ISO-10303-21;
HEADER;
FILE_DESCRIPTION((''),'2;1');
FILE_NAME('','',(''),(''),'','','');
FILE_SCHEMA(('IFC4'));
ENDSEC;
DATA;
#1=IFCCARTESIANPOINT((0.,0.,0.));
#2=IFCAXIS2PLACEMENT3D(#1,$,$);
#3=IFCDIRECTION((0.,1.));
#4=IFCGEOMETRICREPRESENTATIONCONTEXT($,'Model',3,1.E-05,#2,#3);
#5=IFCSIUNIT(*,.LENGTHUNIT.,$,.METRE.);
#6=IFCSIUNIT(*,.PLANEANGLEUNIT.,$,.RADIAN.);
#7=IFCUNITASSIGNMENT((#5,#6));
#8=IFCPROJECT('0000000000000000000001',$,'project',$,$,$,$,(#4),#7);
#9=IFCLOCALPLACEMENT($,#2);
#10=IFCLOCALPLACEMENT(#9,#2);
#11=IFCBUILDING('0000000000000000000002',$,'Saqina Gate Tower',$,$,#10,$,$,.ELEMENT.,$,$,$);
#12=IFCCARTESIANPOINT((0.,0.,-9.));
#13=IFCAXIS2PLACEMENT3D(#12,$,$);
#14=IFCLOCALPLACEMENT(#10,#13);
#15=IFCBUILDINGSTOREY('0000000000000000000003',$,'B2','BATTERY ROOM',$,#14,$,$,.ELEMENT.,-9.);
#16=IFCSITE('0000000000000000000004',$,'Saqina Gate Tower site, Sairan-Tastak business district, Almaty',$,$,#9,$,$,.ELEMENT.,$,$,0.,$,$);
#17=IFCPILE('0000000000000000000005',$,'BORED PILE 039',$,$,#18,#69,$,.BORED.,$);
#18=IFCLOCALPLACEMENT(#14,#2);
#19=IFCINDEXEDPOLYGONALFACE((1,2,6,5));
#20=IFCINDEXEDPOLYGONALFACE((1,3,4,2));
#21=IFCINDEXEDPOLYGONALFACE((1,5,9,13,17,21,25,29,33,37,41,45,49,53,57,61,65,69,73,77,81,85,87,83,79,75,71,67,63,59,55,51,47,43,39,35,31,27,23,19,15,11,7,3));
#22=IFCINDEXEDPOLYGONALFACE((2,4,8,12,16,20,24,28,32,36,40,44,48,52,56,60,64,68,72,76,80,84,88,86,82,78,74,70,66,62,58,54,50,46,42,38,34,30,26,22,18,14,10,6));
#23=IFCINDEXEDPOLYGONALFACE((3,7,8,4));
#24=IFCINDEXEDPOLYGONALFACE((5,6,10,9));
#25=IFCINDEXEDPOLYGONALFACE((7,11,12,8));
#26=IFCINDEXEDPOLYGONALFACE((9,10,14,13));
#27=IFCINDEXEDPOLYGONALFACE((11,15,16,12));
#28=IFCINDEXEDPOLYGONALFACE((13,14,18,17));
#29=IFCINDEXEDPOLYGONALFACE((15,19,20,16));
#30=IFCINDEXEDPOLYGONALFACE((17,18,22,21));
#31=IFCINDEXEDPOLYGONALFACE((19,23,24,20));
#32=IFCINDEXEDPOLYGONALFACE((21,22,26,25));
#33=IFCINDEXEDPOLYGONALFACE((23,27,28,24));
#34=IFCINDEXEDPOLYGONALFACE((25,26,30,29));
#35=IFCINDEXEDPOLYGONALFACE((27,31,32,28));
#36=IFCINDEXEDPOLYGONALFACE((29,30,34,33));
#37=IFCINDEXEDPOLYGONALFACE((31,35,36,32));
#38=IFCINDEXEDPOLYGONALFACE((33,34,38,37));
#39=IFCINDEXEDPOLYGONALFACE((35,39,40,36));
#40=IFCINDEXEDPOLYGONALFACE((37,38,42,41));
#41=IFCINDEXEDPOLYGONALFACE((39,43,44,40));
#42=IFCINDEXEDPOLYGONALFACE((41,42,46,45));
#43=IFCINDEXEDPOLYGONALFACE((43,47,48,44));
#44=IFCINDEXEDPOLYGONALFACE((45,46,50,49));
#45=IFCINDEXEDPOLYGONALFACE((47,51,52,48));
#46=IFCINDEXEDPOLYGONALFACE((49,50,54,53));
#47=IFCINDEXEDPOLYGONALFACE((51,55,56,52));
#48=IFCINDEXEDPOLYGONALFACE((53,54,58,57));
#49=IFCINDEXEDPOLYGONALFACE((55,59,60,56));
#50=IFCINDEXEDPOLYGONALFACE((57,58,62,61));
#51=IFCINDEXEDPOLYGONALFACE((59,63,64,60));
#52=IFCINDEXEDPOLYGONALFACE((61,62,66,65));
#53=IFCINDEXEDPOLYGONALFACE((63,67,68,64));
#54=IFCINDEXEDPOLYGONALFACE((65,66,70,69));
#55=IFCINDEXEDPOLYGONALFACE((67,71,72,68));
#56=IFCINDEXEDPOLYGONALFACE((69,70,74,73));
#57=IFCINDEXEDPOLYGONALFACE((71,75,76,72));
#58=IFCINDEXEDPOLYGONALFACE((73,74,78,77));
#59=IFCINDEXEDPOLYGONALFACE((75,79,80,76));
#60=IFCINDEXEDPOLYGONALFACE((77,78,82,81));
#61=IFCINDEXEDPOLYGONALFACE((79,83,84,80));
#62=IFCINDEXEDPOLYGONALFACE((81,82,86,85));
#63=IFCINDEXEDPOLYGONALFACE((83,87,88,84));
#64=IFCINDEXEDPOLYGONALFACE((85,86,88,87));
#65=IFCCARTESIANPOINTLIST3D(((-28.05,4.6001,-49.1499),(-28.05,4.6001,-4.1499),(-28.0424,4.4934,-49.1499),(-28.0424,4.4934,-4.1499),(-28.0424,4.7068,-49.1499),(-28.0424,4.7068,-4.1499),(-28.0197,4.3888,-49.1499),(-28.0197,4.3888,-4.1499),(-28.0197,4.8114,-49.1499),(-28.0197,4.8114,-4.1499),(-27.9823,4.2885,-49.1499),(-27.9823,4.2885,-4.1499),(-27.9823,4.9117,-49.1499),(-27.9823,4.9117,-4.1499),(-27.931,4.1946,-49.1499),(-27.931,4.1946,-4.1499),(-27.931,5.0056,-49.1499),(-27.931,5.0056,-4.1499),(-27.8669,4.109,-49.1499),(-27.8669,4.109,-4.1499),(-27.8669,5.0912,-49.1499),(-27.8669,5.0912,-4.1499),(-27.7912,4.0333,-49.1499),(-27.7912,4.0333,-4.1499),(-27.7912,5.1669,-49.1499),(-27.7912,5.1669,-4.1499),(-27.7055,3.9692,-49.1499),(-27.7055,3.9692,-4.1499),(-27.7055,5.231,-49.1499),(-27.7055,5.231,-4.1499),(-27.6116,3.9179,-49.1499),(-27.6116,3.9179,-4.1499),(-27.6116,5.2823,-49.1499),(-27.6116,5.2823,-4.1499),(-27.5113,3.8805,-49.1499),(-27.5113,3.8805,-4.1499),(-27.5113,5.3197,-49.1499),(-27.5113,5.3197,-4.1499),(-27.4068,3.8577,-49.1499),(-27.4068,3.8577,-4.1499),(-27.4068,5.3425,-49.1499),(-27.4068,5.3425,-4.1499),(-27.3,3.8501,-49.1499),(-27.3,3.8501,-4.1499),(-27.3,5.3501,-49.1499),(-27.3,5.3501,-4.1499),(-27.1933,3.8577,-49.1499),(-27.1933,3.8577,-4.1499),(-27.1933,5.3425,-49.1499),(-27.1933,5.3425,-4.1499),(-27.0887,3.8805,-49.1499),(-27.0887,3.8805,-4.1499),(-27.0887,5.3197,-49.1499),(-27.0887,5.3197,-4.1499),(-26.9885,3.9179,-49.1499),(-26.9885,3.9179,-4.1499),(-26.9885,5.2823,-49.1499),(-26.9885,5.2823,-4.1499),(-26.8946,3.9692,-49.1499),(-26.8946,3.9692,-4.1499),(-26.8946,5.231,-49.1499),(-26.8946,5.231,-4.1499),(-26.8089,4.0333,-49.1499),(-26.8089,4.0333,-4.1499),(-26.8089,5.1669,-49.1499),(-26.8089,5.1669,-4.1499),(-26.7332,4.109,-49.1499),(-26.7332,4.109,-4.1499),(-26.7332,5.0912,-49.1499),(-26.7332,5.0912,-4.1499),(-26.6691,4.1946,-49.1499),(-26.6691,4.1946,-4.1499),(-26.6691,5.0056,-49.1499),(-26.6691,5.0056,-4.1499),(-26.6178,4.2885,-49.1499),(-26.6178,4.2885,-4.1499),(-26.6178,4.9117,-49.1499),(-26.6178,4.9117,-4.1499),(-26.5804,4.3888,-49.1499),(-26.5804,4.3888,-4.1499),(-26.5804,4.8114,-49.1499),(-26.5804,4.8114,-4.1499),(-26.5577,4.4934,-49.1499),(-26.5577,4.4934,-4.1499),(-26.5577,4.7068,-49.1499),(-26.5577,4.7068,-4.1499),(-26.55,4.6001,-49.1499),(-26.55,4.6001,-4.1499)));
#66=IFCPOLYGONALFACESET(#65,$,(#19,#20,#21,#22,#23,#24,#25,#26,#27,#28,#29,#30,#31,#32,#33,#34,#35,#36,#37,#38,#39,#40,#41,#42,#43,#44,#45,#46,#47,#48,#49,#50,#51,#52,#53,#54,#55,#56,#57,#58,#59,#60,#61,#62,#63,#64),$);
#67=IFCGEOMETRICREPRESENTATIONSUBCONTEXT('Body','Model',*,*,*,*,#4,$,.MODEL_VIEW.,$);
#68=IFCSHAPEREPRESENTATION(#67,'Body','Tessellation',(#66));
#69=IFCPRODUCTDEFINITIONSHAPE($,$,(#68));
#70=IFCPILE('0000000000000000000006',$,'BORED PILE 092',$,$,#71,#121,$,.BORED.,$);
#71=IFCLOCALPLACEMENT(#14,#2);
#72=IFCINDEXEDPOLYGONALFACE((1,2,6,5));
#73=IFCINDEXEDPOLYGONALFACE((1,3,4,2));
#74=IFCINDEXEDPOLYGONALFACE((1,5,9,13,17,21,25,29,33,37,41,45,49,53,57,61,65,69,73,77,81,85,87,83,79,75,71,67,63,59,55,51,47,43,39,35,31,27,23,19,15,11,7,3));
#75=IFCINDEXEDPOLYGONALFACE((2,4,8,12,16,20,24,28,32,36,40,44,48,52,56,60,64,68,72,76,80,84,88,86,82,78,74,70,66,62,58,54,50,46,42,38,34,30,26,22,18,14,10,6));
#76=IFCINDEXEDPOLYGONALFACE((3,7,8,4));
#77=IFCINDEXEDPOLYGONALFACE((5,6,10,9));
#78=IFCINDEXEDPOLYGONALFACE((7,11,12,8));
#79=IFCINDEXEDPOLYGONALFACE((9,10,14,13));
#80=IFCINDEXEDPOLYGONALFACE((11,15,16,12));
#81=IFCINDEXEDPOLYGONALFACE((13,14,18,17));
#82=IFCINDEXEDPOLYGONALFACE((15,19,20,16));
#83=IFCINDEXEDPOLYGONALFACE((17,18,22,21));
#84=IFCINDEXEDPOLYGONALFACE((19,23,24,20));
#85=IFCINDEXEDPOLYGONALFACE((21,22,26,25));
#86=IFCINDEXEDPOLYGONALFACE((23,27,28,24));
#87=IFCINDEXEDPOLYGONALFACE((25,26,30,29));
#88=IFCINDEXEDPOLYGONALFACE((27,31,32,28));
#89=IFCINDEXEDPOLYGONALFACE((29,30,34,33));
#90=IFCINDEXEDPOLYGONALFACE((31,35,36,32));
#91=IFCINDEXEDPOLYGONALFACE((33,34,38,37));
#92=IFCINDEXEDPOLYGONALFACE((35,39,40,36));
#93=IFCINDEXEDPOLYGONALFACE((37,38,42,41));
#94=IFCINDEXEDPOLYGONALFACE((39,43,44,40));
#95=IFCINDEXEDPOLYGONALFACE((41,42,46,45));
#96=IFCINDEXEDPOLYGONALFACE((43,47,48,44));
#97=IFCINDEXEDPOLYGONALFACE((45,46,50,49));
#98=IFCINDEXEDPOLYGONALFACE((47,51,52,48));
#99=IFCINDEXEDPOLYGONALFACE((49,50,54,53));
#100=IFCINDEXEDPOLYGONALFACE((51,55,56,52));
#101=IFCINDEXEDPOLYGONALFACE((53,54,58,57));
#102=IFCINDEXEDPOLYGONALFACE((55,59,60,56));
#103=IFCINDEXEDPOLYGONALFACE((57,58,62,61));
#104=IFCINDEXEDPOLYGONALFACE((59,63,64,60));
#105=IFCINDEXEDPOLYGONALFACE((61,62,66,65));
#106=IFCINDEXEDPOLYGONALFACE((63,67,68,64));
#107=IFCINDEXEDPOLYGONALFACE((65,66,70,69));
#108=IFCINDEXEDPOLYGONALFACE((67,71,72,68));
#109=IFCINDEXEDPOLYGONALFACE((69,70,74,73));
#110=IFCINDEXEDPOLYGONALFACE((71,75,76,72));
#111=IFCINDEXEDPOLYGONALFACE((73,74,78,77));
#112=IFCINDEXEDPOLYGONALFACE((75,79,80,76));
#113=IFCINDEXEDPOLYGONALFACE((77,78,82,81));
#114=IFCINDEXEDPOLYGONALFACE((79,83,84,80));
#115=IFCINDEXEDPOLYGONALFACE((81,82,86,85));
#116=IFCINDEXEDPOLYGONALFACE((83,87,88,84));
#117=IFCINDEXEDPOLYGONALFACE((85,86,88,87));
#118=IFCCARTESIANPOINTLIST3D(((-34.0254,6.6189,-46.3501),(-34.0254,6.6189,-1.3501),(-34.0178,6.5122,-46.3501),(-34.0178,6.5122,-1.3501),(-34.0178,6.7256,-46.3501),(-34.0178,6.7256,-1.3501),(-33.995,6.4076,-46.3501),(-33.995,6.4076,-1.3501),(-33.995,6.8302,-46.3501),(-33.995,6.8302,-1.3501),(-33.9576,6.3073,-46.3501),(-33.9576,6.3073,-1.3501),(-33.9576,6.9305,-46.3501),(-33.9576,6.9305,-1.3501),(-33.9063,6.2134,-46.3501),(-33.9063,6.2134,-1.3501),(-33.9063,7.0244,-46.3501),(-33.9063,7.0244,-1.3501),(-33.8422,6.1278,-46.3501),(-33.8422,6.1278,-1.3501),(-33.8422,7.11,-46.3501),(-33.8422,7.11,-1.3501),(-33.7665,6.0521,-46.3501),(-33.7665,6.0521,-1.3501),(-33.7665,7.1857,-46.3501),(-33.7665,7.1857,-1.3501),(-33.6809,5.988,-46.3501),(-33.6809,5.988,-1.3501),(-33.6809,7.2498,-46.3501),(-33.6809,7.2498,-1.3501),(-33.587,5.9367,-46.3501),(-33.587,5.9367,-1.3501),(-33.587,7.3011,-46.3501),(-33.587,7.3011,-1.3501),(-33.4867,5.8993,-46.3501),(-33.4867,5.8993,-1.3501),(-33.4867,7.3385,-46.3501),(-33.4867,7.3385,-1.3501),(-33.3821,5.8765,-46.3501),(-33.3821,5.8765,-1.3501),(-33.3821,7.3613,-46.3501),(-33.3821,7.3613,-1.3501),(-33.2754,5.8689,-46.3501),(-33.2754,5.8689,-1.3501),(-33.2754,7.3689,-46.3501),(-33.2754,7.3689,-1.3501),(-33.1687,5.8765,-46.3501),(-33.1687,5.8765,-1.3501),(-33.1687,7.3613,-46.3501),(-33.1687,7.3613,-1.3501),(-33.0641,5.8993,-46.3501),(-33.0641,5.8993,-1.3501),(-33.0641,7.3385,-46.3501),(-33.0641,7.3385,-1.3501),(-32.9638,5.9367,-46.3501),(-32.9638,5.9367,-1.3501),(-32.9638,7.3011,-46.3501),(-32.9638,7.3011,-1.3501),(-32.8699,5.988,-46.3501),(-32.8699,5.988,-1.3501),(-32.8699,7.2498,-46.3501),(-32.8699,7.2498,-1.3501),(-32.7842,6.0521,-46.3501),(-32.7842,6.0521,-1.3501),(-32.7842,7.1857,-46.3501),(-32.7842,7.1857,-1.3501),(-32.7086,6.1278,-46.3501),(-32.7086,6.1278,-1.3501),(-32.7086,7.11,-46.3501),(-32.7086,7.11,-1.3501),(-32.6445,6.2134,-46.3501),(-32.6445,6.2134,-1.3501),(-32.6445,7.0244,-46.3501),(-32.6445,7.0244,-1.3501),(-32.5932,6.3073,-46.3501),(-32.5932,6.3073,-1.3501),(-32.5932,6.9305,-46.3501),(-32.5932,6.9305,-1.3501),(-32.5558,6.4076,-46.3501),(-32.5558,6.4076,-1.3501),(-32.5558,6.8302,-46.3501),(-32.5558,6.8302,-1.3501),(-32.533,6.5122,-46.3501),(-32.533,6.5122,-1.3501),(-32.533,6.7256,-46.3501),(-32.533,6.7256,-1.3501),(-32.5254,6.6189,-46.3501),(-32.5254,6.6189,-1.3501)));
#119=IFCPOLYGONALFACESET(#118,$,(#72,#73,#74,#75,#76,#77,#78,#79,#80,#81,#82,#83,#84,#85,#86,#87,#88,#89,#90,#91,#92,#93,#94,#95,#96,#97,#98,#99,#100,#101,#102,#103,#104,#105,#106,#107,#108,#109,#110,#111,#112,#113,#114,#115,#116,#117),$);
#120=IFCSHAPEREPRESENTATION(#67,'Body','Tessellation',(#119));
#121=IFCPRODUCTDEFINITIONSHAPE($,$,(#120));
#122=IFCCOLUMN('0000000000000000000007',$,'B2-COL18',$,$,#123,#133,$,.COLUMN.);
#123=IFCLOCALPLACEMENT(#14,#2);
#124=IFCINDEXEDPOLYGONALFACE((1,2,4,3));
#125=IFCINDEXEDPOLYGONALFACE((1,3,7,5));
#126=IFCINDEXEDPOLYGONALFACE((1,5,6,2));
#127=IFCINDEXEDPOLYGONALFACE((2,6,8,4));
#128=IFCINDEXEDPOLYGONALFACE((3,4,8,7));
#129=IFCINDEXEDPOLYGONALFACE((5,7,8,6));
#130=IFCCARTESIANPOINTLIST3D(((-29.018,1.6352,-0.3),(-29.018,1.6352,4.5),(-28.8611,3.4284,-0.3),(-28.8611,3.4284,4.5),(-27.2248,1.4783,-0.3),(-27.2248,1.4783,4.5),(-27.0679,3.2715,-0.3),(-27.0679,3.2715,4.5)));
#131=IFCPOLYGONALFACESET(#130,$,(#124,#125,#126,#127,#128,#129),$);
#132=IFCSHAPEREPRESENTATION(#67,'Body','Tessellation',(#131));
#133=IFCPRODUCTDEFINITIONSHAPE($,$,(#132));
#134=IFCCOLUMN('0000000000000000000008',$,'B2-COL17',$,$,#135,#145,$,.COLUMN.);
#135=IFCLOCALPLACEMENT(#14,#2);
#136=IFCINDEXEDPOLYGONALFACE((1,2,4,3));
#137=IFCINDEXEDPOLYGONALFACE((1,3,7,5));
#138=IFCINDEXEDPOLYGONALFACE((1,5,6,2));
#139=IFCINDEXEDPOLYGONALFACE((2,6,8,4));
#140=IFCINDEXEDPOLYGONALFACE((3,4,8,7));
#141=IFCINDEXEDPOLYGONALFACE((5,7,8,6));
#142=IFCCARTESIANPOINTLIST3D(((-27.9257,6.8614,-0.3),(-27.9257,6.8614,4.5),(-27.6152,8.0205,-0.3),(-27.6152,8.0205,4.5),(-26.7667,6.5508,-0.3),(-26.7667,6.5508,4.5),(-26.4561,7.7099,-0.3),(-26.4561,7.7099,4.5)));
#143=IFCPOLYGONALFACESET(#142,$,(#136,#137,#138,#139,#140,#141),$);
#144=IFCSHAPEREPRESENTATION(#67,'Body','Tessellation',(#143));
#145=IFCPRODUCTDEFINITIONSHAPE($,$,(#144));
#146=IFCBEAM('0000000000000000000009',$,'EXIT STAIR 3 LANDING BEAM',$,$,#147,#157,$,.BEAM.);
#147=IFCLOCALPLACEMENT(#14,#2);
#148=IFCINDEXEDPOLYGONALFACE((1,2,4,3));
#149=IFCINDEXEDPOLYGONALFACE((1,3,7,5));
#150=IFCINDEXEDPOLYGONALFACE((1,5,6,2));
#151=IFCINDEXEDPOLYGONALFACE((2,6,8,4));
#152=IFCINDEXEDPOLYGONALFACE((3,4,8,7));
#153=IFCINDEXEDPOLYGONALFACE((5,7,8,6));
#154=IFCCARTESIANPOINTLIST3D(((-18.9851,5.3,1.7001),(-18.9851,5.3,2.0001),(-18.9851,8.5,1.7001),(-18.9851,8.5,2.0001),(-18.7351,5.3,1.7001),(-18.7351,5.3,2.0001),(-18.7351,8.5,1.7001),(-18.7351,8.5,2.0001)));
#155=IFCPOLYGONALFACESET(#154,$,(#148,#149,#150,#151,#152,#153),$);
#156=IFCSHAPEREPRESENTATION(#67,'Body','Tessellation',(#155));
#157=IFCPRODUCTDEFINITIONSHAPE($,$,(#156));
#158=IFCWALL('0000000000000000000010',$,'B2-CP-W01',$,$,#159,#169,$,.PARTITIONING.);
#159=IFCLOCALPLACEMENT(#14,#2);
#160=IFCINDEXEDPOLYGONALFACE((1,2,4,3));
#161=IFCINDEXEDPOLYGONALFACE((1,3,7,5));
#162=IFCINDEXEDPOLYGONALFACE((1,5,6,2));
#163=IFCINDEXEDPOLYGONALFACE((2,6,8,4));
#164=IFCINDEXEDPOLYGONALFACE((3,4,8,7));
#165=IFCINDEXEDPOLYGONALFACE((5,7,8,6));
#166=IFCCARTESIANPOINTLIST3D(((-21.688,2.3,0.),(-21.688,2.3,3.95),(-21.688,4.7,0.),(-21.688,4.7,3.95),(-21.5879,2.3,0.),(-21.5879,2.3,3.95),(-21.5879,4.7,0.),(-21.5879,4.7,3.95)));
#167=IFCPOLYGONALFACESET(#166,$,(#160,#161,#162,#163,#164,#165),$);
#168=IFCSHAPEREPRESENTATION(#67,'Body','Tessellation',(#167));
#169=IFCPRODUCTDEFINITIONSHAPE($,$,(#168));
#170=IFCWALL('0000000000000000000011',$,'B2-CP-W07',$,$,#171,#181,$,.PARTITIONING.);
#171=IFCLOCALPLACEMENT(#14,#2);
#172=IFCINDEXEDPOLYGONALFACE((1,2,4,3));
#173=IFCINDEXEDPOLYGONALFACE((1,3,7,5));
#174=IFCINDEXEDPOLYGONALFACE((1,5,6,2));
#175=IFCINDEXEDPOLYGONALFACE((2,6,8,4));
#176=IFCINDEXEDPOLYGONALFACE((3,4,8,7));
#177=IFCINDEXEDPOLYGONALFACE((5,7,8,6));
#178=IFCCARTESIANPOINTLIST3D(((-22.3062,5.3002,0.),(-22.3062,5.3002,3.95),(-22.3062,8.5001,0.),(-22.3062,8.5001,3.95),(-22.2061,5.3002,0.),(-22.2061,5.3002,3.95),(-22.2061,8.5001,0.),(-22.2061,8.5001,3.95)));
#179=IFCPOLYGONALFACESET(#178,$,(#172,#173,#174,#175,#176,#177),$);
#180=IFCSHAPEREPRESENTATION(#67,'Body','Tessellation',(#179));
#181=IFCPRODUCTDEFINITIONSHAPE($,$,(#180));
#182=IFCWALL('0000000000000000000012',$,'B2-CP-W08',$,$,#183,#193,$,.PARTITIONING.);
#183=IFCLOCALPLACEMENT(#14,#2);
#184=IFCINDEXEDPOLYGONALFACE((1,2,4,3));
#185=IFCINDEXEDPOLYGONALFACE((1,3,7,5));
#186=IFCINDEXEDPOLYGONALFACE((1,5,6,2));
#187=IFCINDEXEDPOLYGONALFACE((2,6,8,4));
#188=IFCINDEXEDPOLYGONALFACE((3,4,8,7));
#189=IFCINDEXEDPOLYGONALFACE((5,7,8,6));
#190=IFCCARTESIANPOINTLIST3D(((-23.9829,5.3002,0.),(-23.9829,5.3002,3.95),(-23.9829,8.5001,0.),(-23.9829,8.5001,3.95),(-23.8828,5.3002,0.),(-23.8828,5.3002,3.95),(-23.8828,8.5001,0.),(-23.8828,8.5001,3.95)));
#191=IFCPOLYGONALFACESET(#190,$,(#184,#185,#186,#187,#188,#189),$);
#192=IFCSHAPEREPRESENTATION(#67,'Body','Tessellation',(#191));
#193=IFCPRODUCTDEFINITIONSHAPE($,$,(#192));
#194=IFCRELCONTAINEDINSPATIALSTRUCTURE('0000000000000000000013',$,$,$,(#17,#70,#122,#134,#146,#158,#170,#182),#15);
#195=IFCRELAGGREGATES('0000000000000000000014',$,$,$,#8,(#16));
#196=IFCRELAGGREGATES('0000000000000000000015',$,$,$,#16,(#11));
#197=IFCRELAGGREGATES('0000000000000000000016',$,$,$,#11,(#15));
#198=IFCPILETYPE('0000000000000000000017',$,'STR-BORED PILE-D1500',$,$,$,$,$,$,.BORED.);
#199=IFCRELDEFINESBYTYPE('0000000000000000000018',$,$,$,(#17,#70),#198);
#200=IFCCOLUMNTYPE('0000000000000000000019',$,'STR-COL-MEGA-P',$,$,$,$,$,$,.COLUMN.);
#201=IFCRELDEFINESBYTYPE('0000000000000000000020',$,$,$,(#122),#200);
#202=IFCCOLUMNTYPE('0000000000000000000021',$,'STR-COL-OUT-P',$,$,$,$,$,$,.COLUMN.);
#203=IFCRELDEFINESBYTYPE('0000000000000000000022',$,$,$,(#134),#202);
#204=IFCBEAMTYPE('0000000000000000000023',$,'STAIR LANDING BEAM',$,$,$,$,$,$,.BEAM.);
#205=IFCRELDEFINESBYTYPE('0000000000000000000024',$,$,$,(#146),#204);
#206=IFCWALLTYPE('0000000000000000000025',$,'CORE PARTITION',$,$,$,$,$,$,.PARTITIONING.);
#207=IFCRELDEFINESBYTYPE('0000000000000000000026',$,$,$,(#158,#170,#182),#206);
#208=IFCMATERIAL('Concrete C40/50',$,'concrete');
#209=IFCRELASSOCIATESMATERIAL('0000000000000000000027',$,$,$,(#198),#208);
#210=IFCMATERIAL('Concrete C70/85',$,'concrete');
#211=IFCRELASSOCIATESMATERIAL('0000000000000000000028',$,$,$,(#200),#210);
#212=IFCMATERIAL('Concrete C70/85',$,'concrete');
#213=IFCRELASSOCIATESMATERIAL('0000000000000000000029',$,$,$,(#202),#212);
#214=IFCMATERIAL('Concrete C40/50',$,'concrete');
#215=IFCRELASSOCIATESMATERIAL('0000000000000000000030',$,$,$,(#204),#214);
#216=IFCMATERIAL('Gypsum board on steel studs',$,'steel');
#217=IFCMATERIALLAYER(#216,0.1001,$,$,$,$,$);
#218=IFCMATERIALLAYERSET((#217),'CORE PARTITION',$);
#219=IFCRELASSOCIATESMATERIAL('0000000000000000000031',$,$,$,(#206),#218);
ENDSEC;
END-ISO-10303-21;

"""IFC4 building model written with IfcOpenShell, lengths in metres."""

from ifc_helpers import new_model, si_unit, direction, frame, frame_2d, origin, origin_2d, place, context, subcontext, project, spatial, rectangle, circle, extrude, material, layer, layer_set, material_profile, profile_set, type_object, element, save


model = new_model("IFC4")

# Units and contexts
model_context = context("Model", 3, precision=1e-05, world=origin(), true_north=direction((0.0, 1.0)))
body_context = subcontext(model_context, "Body", "Model", "MODEL_VIEW")
ifc_project = project(units=[si_unit("LENGTHUNIT", "METRE"), si_unit("PLANEANGLEUNIT", "RADIAN")], contexts=[model_context])

# Site, building, storey
site_placement = place(None, origin())
site = spatial("IfcSite", under=ifc_project, at=site_placement, Name="Saqina Gate Tower site, Sairan-Tastak business district, Almaty", CompositionType="ELEMENT", RefElevation=0.0)
building_placement = place(site_placement, origin())
building = spatial("IfcBuilding", under=site, at=building_placement, Name="Saqina Gate Tower", CompositionType="ELEMENT")
storey_placement = place(building_placement, frame((0.0, 0.0, -9.0)))
storey = spatial("IfcBuildingStorey", under=building, at=storey_placement, Name="B2", Description="BATTERY ROOM", CompositionType="ELEMENT", Elevation=-9.0)

# Piles
ifc_material_1 = material(Name="Concrete C40/50", Category="concrete")
ifc_material_profile_1 = material_profile(ifc_material_1, circle(Radius=0.75, at=origin_2d()), Name="RC D1500")
ifc_profile_set_1 = profile_set([ifc_material_profile_1], Name="Concrete C40/50")
pile_type = type_object("IfcPileType", Name="STR-BORED PILE-D1500", PredefinedType="BORED", material=ifc_profile_set_1)
for number, where, z_axis, x_axis, name in (
    (1, (-27.3, 4.6001, -4.1499), (0.0, 0.0, -1.0), (1.0, 0.0, 0.0), "BORED PILE 039"),
    (2, (-33.2754, 6.6189, -1.3501), (0.0, 0.0, -1.0), (1.0, 0.0, 0.0), "BORED PILE 092"),
):
    element("IfcPile", number, at=place(storey_placement, frame(where, z_axis=z_axis, x_axis=x_axis)), inside=storey, type_object=pile_type, Name=name, PredefinedType="BORED", context=body_context, shape_type="SweptSolid", body=[
        extrude(circle(Radius=0.75, at=origin_2d()), origin(), (0.0, 0.0, 1.0), 45.0),
    ])

# Columns
ifc_material_2 = material(Name="Concrete C70/85", Category="concrete")
ifc_material_profile_2 = material_profile(ifc_material_2, rectangle(XDim=1.8, YDim=1.8, at=origin_2d()), Name="RC 1800x1800")
ifc_profile_set_2 = profile_set([ifc_material_profile_2], Name="Concrete C70/85")
column_type_1 = type_object("IfcColumnType", Name="STR-COL-MEGA-P", PredefinedType="COLUMN", material=ifc_profile_set_2)
column_1_placement = place(storey_placement, frame((-28.043, 2.4534, -0.3), z_axis=(0.0, 0.0, 1.0), x_axis=(-0.996195, 0.087156, 0.0)))
element("IfcColumn", 3, at=column_1_placement, inside=storey, type_object=column_type_1, Name="B2-COL18", PredefinedType="COLUMN", context=body_context, shape_type="SweptSolid", body=[
    extrude(rectangle(XDim=1.8, YDim=1.8, at=origin_2d()), origin(), (0.0, 0.0, 1.0), 4.8),
])
ifc_material_3 = material(Name="Concrete C70/85", Category="concrete")
ifc_material_profile_3 = material_profile(ifc_material_3, rectangle(XDim=1.2, YDim=1.2, at=origin_2d()), Name="RC 1200x1200")
ifc_profile_set_3 = profile_set([ifc_material_profile_3], Name="Concrete C70/85")
column_type_2 = type_object("IfcColumnType", Name="STR-COL-OUT-P", PredefinedType="COLUMN", material=ifc_profile_set_3)
column_2_placement = place(storey_placement, frame((-27.1909, 7.2856, -0.3), z_axis=(0.0, 0.0, 1.0), x_axis=(-0.965926, 0.258819, 0.0)))
element("IfcColumn", 4, at=column_2_placement, inside=storey, type_object=column_type_2, Name="B2-COL17", PredefinedType="COLUMN", context=body_context, shape_type="SweptSolid", body=[
    extrude(rectangle(XDim=1.2, YDim=1.2, at=origin_2d()), origin(), (0.0, 0.0, 1.0), 4.8),
])

# Beam
ifc_material_4 = material(Name="Concrete C40/50", Category="concrete")
ifc_material_profile_4 = material_profile(ifc_material_4, rectangle(XDim=0.25, YDim=0.3, at=origin_2d()), Name="STAIR LANDING BEAM")
ifc_profile_set_4 = profile_set([ifc_material_profile_4], Name="Concrete C40/50")
beam_type = type_object("IfcBeamType", Name="STAIR LANDING BEAM", PredefinedType="BEAM", material=ifc_profile_set_4)
beam_placement = place(storey_placement, frame((-18.8601, 5.3, 1.8501), z_axis=(0.0, 1.0, 0.0), x_axis=(-1.0, 0.0, 0.0)))
element("IfcBeam", 5, at=beam_placement, inside=storey, type_object=beam_type, Name="EXIT STAIR 3 LANDING BEAM", PredefinedType="BEAM", context=body_context, shape_type="SweptSolid", body=[
    extrude(rectangle(XDim=0.25, YDim=0.3, at=origin_2d()), origin(), (0.0, 0.0, 1.0), 3.2),
])

# Walls
ifc_material_5 = material(Name="Gypsum board on steel studs", Category="steel")
ifc_layer_1 = layer(ifc_material_5, 0.1001)
ifc_layer_set_1 = layer_set([ifc_layer_1], Name="CORE PARTITION")
wall_type_1 = type_object("IfcWallType", Name="CORE PARTITION", PredefinedType="PARTITIONING", material=ifc_layer_set_1)
wall_1_placement = place(storey_placement, frame((-21.6379, 2.3, 0.0), z_axis=(0.0, 0.0, 1.0), x_axis=(0.0, 1.0, 0.0)))
element("IfcWall", 6, at=wall_1_placement, inside=storey, type_object=wall_type_1, Name="B2-CP-W01", PredefinedType="PARTITIONING", context=body_context, shape_type="SweptSolid", body=[
    extrude(rectangle(XDim=2.3999, YDim=0.1001, at=frame_2d((1.2, 0.0))), origin(), (0.0, 0.0, 1.0), 3.95),
])
for number, where, z_axis, x_axis, name in (
    (7, (-22.2561, 5.3, 0.0), (0.0, 0.0, 1.0), (0.0, 1.0, 0.0), "B2-CP-W07"),
    (8, (-23.9329, 5.3, 0.0), (0.0, 0.0, 1.0), (0.0, 1.0, 0.0), "B2-CP-W08"),
):
    element("IfcWall", number, at=place(storey_placement, frame(where, z_axis=z_axis, x_axis=x_axis)), inside=storey, type_object=wall_type_1, Name=name, PredefinedType="PARTITIONING", context=body_context, shape_type="SweptSolid", body=[
        extrude(rectangle(XDim=3.2, YDim=0.1001, at=frame_2d((1.6001, 0.0))), origin(), (0.0, 0.0, 1.0), 3.95),
    ])

save(model, "model.ifc")
